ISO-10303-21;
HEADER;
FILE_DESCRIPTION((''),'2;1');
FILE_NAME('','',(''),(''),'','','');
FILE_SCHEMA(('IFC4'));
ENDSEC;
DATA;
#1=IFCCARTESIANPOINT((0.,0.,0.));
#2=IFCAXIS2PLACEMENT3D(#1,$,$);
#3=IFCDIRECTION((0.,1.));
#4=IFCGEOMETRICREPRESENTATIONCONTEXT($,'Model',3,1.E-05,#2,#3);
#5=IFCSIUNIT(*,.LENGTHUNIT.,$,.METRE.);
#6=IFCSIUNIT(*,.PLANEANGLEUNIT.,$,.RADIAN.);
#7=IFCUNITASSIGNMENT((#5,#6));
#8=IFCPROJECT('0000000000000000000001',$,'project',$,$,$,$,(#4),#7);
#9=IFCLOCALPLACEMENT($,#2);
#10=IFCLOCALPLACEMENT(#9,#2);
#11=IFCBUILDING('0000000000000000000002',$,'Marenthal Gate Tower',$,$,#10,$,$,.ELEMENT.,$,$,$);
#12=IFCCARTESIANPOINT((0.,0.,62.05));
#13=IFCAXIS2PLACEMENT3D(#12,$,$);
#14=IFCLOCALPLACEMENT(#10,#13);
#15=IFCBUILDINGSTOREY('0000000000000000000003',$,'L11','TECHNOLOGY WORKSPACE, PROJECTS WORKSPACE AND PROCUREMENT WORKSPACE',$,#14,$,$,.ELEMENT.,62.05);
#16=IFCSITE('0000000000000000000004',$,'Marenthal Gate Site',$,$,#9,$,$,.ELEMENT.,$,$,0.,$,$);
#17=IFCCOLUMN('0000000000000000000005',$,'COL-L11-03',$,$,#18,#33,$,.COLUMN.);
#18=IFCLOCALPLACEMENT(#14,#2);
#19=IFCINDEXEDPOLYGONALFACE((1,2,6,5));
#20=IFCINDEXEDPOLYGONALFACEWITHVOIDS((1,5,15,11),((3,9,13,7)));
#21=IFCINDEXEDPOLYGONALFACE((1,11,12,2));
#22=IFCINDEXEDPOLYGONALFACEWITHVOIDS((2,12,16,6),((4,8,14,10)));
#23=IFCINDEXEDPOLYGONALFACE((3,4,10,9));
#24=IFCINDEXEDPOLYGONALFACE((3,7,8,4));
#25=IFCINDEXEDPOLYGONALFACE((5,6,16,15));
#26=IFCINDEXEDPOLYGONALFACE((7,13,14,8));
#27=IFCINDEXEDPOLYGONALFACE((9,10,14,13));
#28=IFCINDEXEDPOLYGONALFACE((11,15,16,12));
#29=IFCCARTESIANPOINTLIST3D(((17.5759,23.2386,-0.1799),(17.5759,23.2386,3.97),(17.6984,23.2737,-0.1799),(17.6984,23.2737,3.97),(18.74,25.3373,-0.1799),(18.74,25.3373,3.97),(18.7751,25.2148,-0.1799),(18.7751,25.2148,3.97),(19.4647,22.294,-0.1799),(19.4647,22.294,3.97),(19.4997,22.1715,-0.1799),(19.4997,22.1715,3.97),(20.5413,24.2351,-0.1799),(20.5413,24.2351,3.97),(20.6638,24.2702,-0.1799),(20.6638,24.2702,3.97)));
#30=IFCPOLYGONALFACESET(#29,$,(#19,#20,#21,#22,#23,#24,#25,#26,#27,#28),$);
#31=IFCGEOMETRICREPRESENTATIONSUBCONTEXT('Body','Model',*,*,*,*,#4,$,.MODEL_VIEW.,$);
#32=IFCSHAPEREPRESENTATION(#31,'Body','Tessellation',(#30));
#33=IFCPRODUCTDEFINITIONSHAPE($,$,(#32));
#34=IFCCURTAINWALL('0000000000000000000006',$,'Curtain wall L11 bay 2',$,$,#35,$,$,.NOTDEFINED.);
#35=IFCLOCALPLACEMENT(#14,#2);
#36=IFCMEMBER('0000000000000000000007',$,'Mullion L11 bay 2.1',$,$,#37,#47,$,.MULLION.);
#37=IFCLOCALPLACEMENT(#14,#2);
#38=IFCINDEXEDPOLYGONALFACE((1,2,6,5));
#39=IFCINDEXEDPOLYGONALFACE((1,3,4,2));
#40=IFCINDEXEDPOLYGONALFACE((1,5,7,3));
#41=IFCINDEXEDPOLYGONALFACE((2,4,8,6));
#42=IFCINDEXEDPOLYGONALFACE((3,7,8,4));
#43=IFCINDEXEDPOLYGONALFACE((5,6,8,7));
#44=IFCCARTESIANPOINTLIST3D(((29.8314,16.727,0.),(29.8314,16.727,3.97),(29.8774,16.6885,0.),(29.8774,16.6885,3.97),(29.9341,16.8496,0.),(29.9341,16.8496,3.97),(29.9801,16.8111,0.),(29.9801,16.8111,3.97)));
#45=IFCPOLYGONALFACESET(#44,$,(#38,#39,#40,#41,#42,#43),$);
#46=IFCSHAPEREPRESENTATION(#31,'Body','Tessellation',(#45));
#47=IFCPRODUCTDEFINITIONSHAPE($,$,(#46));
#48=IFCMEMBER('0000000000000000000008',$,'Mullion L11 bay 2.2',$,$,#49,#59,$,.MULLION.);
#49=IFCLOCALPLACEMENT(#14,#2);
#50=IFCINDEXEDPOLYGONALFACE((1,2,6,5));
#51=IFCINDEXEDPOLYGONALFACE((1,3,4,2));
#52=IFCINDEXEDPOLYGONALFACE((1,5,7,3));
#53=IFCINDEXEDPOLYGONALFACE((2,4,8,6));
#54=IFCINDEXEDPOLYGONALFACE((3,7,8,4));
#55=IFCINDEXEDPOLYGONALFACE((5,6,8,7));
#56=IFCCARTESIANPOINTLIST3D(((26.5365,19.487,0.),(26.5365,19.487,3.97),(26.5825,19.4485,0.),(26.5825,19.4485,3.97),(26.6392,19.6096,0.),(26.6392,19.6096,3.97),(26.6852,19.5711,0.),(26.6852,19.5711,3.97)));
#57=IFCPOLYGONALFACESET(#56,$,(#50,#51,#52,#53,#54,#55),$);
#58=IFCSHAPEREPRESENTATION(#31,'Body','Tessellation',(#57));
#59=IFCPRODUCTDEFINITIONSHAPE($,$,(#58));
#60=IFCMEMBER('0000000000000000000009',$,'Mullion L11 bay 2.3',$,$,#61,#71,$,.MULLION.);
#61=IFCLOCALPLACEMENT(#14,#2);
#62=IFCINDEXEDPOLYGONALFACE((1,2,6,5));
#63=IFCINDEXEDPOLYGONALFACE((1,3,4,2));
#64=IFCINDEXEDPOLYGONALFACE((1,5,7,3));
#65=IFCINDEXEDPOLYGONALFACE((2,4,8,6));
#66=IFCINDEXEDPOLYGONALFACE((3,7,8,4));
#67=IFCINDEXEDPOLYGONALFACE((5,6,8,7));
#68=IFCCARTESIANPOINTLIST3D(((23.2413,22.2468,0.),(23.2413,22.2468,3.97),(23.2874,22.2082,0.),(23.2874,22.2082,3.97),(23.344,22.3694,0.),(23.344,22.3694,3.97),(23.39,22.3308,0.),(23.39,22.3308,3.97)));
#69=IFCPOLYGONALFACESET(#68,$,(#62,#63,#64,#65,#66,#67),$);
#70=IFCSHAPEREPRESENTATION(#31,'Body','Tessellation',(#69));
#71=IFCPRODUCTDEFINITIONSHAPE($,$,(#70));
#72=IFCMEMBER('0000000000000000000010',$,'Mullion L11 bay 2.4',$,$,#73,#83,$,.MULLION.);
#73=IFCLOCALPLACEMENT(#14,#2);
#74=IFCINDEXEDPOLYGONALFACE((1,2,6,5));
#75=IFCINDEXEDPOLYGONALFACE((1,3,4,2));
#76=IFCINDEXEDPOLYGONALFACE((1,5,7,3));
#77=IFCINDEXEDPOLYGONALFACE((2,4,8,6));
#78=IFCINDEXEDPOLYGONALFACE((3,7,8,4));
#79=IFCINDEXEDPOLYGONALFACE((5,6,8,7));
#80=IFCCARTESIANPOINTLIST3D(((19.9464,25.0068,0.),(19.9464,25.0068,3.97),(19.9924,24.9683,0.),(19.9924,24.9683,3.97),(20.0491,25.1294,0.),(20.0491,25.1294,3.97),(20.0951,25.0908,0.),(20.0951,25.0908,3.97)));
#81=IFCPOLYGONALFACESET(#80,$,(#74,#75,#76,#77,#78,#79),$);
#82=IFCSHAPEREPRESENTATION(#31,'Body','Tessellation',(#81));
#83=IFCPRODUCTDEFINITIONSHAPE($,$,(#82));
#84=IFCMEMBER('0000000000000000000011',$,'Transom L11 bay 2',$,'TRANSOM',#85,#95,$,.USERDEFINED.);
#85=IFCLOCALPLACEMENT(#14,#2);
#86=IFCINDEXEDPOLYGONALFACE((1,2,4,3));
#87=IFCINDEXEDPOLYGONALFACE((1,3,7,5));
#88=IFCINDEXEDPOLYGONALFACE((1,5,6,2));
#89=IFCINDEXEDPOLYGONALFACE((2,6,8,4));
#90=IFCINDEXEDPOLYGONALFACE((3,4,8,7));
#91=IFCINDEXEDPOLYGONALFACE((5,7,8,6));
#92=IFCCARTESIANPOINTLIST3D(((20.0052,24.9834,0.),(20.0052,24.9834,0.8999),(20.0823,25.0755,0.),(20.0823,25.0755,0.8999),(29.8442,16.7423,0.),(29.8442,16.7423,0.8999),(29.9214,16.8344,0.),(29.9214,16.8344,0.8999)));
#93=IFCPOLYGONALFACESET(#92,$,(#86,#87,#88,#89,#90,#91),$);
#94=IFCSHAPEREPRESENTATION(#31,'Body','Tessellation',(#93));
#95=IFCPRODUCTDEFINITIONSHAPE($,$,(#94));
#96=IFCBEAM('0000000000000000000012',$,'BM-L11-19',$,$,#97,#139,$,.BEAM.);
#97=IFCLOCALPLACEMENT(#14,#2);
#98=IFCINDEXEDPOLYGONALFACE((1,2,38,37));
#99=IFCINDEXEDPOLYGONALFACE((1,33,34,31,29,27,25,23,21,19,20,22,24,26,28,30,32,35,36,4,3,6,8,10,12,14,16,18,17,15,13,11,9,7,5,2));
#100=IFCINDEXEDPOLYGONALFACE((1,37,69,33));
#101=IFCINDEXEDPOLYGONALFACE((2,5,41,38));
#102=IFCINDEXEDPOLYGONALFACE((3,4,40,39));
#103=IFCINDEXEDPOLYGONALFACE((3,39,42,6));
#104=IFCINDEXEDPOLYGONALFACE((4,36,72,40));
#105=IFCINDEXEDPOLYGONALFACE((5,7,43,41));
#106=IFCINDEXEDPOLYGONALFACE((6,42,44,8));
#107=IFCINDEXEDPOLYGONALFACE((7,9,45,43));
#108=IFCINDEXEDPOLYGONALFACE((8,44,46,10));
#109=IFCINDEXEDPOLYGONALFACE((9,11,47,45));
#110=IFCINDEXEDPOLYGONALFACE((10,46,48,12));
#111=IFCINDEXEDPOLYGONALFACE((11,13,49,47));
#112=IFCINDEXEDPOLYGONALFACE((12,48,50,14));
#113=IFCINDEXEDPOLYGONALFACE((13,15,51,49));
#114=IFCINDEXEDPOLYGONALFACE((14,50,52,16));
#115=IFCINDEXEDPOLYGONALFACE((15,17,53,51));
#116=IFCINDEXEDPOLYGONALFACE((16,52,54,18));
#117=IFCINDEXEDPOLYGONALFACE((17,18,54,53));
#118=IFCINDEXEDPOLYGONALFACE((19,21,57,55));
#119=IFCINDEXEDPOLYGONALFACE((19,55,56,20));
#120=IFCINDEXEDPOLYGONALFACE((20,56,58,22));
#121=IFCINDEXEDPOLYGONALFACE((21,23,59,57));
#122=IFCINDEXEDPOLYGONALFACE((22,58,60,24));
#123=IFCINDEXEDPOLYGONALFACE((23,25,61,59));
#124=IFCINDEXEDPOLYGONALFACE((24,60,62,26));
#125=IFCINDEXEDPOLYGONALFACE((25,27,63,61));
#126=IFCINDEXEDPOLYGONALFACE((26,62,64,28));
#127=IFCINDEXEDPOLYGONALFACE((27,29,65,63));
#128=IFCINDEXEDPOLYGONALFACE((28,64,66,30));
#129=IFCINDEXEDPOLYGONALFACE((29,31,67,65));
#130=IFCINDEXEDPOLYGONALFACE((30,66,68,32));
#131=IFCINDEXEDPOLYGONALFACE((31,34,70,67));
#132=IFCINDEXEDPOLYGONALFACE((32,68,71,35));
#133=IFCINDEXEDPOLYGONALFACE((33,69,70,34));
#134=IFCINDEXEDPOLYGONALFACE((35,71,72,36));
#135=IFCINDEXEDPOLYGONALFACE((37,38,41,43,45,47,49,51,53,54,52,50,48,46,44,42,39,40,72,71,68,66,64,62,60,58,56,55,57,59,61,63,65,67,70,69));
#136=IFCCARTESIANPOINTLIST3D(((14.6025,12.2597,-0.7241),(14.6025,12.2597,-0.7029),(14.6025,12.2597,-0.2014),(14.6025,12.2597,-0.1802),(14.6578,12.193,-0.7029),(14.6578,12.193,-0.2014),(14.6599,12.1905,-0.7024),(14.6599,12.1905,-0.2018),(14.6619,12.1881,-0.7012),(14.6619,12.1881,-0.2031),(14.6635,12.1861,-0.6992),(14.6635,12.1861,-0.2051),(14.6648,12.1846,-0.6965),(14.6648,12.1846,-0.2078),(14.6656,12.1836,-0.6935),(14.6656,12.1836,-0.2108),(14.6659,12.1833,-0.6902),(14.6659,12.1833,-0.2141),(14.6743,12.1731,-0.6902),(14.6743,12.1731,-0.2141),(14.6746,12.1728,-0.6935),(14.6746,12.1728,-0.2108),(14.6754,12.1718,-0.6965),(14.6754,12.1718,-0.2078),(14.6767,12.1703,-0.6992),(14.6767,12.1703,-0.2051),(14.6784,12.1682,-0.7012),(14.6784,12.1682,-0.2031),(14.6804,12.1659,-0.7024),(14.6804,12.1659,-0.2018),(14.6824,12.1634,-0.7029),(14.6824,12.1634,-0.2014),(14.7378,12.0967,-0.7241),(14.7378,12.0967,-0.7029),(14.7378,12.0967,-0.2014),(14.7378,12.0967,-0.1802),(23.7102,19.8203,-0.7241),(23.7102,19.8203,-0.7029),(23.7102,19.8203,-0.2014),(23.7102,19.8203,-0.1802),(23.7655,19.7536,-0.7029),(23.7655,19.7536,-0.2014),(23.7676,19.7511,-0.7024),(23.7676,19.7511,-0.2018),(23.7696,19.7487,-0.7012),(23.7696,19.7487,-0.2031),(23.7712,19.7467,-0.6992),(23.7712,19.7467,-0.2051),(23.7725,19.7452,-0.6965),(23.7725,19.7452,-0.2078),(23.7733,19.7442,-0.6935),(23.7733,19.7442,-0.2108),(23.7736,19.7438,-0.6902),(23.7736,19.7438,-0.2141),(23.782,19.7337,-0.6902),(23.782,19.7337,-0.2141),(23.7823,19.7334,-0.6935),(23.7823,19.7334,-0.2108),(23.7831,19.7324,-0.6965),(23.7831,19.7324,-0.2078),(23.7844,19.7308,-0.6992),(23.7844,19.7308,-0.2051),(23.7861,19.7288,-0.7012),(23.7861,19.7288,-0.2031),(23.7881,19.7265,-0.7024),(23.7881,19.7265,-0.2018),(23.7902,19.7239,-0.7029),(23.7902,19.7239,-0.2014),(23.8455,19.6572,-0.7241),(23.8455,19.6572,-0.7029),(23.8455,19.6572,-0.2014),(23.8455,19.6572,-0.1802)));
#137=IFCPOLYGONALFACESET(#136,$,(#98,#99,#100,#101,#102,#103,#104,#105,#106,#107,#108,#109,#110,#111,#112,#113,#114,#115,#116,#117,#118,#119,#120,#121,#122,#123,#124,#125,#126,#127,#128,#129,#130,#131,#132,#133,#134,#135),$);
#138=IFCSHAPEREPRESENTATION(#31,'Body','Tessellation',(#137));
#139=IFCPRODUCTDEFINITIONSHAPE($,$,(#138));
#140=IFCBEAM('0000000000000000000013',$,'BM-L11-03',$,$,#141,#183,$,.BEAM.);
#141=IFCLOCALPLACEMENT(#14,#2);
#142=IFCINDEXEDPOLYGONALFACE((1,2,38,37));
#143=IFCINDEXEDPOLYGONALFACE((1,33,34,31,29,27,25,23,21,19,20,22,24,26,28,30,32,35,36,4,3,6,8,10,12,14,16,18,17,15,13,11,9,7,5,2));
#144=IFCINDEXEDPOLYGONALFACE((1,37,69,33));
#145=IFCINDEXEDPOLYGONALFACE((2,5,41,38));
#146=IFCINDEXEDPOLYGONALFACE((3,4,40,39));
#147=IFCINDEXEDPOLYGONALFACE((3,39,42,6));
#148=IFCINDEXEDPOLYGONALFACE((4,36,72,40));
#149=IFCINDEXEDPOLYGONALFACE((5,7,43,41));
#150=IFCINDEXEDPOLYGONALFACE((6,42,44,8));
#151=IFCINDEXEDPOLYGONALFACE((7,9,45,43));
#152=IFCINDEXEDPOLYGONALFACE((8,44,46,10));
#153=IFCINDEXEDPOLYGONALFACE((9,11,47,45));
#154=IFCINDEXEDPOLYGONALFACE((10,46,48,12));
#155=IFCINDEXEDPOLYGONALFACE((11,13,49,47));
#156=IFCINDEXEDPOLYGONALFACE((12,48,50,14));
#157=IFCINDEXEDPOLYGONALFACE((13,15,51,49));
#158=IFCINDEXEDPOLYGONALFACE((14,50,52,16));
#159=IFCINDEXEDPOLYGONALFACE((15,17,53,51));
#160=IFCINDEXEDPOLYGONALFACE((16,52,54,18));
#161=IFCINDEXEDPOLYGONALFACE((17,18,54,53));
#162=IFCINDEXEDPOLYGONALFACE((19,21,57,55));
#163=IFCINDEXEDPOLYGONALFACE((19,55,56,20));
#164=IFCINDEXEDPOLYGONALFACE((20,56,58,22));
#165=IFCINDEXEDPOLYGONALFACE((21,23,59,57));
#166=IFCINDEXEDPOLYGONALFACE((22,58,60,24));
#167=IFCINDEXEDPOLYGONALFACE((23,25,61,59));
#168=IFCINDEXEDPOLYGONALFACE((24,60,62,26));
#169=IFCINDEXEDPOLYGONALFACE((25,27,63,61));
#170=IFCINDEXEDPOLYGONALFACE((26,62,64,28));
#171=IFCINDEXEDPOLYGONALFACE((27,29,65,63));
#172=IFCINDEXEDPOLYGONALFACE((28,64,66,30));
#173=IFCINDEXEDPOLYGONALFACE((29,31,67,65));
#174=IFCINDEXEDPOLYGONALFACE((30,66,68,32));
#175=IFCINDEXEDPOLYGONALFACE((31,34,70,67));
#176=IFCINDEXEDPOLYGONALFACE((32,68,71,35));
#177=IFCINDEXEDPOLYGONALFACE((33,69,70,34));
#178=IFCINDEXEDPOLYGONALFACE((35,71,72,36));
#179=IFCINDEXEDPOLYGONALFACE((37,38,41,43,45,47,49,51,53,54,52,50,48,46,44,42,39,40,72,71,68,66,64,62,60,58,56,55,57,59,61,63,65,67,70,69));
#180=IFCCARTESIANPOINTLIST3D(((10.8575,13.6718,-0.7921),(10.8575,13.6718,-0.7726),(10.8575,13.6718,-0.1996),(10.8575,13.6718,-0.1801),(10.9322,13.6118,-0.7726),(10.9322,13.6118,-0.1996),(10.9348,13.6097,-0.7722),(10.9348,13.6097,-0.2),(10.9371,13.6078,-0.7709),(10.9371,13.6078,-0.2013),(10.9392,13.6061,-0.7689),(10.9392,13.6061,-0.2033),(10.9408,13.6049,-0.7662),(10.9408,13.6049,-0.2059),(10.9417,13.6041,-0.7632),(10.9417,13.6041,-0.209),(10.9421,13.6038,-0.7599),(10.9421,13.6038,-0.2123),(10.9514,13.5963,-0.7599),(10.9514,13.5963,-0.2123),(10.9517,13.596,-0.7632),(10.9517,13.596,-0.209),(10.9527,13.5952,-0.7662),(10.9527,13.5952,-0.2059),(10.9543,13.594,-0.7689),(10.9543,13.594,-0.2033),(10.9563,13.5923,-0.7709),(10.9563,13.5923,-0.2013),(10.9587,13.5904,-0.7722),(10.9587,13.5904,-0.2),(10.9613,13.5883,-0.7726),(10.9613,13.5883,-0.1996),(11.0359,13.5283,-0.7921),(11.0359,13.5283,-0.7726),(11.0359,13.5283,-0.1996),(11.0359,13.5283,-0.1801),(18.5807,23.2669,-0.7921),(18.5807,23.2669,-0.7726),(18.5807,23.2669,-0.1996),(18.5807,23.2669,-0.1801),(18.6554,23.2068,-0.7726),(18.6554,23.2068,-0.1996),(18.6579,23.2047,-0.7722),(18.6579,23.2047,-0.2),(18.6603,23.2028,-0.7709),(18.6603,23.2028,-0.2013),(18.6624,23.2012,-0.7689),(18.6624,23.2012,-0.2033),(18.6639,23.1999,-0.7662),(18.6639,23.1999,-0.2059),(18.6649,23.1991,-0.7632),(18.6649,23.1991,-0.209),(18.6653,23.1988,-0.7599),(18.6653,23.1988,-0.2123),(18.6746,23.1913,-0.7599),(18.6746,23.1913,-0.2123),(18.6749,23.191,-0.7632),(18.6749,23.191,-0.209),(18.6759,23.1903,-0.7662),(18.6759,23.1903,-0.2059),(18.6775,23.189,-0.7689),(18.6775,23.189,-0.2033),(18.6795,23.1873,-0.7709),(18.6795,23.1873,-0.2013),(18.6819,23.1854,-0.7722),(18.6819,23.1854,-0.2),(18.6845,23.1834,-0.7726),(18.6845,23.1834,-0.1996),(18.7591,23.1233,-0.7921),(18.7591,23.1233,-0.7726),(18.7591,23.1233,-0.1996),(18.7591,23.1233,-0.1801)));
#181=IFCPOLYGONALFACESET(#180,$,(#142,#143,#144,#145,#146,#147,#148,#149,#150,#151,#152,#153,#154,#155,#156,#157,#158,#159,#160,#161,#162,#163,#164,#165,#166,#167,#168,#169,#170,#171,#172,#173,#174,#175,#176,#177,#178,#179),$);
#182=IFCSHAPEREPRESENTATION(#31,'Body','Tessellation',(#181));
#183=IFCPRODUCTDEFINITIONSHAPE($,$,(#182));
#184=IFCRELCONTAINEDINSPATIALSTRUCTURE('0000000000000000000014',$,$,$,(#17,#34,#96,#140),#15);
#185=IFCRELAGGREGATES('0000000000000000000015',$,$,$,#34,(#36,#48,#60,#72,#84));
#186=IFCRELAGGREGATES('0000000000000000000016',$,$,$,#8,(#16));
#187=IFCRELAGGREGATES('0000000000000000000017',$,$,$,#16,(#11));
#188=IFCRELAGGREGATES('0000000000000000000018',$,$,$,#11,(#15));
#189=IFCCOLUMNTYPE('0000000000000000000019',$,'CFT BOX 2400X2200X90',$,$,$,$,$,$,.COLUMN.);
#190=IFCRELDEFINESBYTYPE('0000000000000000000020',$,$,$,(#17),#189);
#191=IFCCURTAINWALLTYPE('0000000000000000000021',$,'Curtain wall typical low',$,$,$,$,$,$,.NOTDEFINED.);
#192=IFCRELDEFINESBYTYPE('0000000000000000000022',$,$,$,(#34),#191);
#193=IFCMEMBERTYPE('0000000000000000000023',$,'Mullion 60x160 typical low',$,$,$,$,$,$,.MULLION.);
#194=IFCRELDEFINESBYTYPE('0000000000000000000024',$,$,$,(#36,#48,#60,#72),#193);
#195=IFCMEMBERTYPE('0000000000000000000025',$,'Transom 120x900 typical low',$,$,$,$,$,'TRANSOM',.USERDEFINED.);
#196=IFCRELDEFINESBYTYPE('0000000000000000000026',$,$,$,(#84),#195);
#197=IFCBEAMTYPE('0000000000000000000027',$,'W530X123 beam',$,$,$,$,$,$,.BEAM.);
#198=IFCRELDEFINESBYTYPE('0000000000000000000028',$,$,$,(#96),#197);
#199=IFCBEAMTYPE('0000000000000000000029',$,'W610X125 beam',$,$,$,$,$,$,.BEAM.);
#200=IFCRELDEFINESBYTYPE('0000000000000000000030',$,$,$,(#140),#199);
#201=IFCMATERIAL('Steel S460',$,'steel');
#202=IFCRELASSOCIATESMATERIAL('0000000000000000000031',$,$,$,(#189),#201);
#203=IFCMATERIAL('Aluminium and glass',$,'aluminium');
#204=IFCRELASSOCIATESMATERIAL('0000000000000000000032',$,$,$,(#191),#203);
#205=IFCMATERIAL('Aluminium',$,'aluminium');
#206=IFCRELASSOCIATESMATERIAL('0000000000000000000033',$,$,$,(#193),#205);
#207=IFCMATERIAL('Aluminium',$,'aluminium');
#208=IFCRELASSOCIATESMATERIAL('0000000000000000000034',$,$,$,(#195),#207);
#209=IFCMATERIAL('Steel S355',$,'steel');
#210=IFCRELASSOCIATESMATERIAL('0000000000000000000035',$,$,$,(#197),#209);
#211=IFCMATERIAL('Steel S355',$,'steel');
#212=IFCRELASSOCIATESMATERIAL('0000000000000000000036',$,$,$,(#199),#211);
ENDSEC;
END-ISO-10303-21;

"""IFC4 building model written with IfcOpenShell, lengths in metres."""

from ifc_helpers import new_model, si_unit, direction, frame, origin, origin_2d, place, context, subcontext, project, spatial, rectangle, hollow_rectangle, i_section, extrude, material, material_profile, profile_set, type_object, element, aggregate, save


model = new_model("IFC4")

# Units and contexts
model_context = context("Model", 3, precision=1e-05, world=origin(), true_north=direction((0.0, 1.0)))
body_context = subcontext(model_context, "Body", "Model", "MODEL_VIEW")
ifc_project = project(units=[si_unit("LENGTHUNIT", "METRE"), si_unit("PLANEANGLEUNIT", "RADIAN")], contexts=[model_context])

# Site, building, storey
site_placement = place(None, origin())
site = spatial("IfcSite", under=ifc_project, at=site_placement, Name="Marenthal Gate Site", CompositionType="ELEMENT", RefElevation=0.0)
building_placement = place(site_placement, origin())
building = spatial("IfcBuilding", under=site, at=building_placement, Name="Marenthal Gate Tower", CompositionType="ELEMENT")
storey_placement = place(building_placement, frame((0.0, 0.0, 62.05)))
storey = spatial("IfcBuildingStorey", under=building, at=storey_placement, Name="L11", Description="TECHNOLOGY WORKSPACE, PROJECTS WORKSPACE AND PROCUREMENT WORKSPACE", CompositionType="ELEMENT", Elevation=62.05)

# Column
ifc_material_1 = material(Name="Steel S460", Category="steel")
ifc_material_profile_1 = material_profile(ifc_material_1, hollow_rectangle(XDim=2.2, YDim=2.3999, WallThickness=0.0901, at=origin_2d()), Name="CFT BOX 2400X2200X90")
ifc_material_2 = material(Name="Concrete 70 MPa", Category="concrete")
ifc_material_profile_2 = material_profile(ifc_material_2, rectangle(XDim=2.02, YDim=2.22, at=origin_2d()), Name="CFT BOX 2400X2200X90 INFILL")
ifc_profile_set_1 = profile_set([ifc_material_profile_1, ifc_material_profile_2], Name="Steel S460 shell, Concrete 70 MPa infill")
column_type = type_object("IfcColumnType", Name="CFT BOX 2400X2200X90", PredefinedType="COLUMN", material=ifc_profile_set_1)
column_placement = place(storey_placement, frame((19.1199, 23.7544, -0.1799), z_axis=(0.0, 0.0, 1.0), x_axis=(0.874483, -0.485055, 0.0)))
element("IfcColumn", 1, at=column_placement, inside=storey, type_object=column_type, Name="COL-L11-03", PredefinedType="COLUMN", context=body_context, shape_type="SweptSolid", body=[
    extrude(hollow_rectangle(XDim=2.2, YDim=2.3999, WallThickness=0.0901, at=origin_2d()), origin(), (0.0, 0.0, 1.0), 4.1499),
])

# Curtain wall, members
ifc_material_3 = material(Name="Aluminium and glass", Category="aluminium")
curtain_wall_type = type_object("IfcCurtainWallType", Name="Curtain wall typical low", PredefinedType="NOTDEFINED", material=ifc_material_3)
curtain_wall_placement = place(storey_placement, origin())
curtain_wall = element("IfcCurtainWall", 2, at=curtain_wall_placement, inside=storey, type_object=curtain_wall_type, Name="Curtain wall L11 bay 2", PredefinedType="NOTDEFINED")
ifc_material_4 = material(Name="Aluminium", Category="aluminium")
ifc_material_profile_3 = material_profile(ifc_material_4, rectangle(XDim=0.1599, YDim=0.0601, at=origin_2d()), Name="60x160 aluminium mullion")
ifc_profile_set_2 = profile_set([ifc_material_profile_3], Name="Aluminium")
member_type_1 = type_object("IfcMemberType", Name="Mullion 60x160 typical low", PredefinedType="MULLION", material=ifc_profile_set_2)
member_1_placement = place(storey_placement, frame((29.9058, 16.769, 0.0), z_axis=(0.0, 0.0, 1.0), x_axis=(-0.642112, -0.766611, 0.0)))
member_1 = element("IfcMember", 3, at=member_1_placement, type_object=member_type_1, Name="Mullion L11 bay 2.1", PredefinedType="MULLION", context=body_context, shape_type="SweptSolid", body=[
    extrude(rectangle(XDim=0.1599, YDim=0.0601, at=origin_2d()), origin(), (0.0, 0.0, 1.0), 3.97),
])
member_2_placement = place(storey_placement, frame((26.6108, 19.5291, 0.0), z_axis=(0.0, 0.0, 1.0), x_axis=(-0.642112, -0.766611, 0.0)))
member_2 = element("IfcMember", 4, at=member_2_placement, type_object=member_type_1, Name="Mullion L11 bay 2.2", PredefinedType="MULLION", context=body_context, shape_type="SweptSolid", body=[
    extrude(rectangle(XDim=0.1599, YDim=0.0601, at=origin_2d()), origin(), (0.0, 0.0, 1.0), 3.97),
])
member_3_placement = place(storey_placement, frame((23.3157, 22.2888, 0.0), z_axis=(0.0, 0.0, 1.0), x_axis=(-0.642112, -0.766611, 0.0)))
member_3 = element("IfcMember", 5, at=member_3_placement, type_object=member_type_1, Name="Mullion L11 bay 2.3", PredefinedType="MULLION", context=body_context, shape_type="SweptSolid", body=[
    extrude(rectangle(XDim=0.1599, YDim=0.0601, at=origin_2d()), origin(), (0.0, 0.0, 1.0), 3.97),
])
member_4_placement = place(storey_placement, frame((20.0208, 25.0488, 0.0), z_axis=(0.0, 0.0, 1.0), x_axis=(-0.642112, -0.766611, 0.0)))
member_4 = element("IfcMember", 6, at=member_4_placement, type_object=member_type_1, Name="Mullion L11 bay 2.4", PredefinedType="MULLION", context=body_context, shape_type="SweptSolid", body=[
    extrude(rectangle(XDim=0.1599, YDim=0.0601, at=origin_2d()), origin(), (0.0, 0.0, 1.0), 3.97),
])
ifc_material_5 = material(Name="Aluminium", Category="aluminium")
ifc_material_profile_4 = material_profile(ifc_material_5, rectangle(XDim=0.1201, YDim=0.8999, at=origin_2d()), Name="120x900 aluminium transom")
ifc_profile_set_3 = profile_set([ifc_material_profile_4], Name="Aluminium")
member_type_2 = type_object("IfcMemberType", Name="Transom 120x900 typical low", ElementType="TRANSOM", PredefinedType="USERDEFINED", material=ifc_profile_set_3)
member_5_placement = place(storey_placement, frame((29.8828, 16.7883, 0.45), z_axis=(-0.766611, 0.642111, 0.0), x_axis=(-0.642111, -0.766611, 0.0)))
member_5 = element("IfcMember", 7, at=member_5_placement, type_object=member_type_2, Name="Transom L11 bay 2", ObjectType="TRANSOM", PredefinedType="USERDEFINED", context=body_context, shape_type="SweptSolid", body=[
    extrude(rectangle(XDim=0.1201, YDim=0.8999, at=origin_2d()), origin(), (0.0, 0.0, 1.0), 12.8345),
])

# Beams
ifc_material_6 = material(Name="Steel S355", Category="steel")
ifc_material_profile_5 = material_profile(ifc_material_6, i_section(OverallWidth=0.2119, OverallDepth=0.5439, WebThickness=0.0132, FlangeThickness=0.0212, FilletRadius=0.0127, at=origin_2d()), Name="W530X123")
ifc_profile_set_4 = profile_set([ifc_material_profile_5], Name="Steel S355")
beam_type_1 = type_object("IfcBeamType", Name="W530X123 beam", PredefinedType="BEAM", material=ifc_profile_set_4)
beam_1_placement = place(storey_placement, frame((23.7778, 19.7388, -0.4521), z_axis=(-0.769432, -0.638729, 0.0), x_axis=(0.638729, -0.769432, 0.0)))
element("IfcBeam", 8, at=beam_1_placement, inside=storey, type_object=beam_type_1, Name="BM-L11-19", PredefinedType="BEAM", context=body_context, shape_type="SweptSolid", body=[
    extrude(i_section(OverallWidth=0.2119, OverallDepth=0.5439, WebThickness=0.0132, FlangeThickness=0.0212, FilletRadius=0.0127, at=origin_2d()), origin(), (0.0, 0.0, 1.0), 11.8369),
])
ifc_material_7 = material(Name="Steel S355", Category="steel")
ifc_material_profile_6 = material_profile(ifc_material_7, i_section(OverallWidth=0.229, OverallDepth=0.6121, WebThickness=0.012, FlangeThickness=0.0195, FilletRadius=0.0127, at=origin_2d()), Name="W610X125")
ifc_profile_set_5 = profile_set([ifc_material_profile_6], Name="Steel S355")
beam_type_2 = type_object("IfcBeamType", Name="W610X125 beam", PredefinedType="BEAM", material=ifc_profile_set_5)
beam_2_placement = place(storey_placement, frame((18.6699, 23.1951, -0.4861), z_axis=(-0.627027, -0.778997, 0.0), x_axis=(0.778997, -0.627027, 0.0)))
element("IfcBeam", 9, at=beam_2_placement, inside=storey, type_object=beam_type_2, Name="BM-L11-03", PredefinedType="BEAM", context=body_context, shape_type="SweptSolid", body=[
    extrude(i_section(OverallWidth=0.229, OverallDepth=0.6121, WebThickness=0.012, FlangeThickness=0.0195, FilletRadius=0.0127, at=origin_2d()), origin(), (0.0, 0.0, 1.0), 12.3171),
])

aggregate(curtain_wall, [member_1, member_2, member_3, member_4, member_5])

save(model, "model.ifc")
